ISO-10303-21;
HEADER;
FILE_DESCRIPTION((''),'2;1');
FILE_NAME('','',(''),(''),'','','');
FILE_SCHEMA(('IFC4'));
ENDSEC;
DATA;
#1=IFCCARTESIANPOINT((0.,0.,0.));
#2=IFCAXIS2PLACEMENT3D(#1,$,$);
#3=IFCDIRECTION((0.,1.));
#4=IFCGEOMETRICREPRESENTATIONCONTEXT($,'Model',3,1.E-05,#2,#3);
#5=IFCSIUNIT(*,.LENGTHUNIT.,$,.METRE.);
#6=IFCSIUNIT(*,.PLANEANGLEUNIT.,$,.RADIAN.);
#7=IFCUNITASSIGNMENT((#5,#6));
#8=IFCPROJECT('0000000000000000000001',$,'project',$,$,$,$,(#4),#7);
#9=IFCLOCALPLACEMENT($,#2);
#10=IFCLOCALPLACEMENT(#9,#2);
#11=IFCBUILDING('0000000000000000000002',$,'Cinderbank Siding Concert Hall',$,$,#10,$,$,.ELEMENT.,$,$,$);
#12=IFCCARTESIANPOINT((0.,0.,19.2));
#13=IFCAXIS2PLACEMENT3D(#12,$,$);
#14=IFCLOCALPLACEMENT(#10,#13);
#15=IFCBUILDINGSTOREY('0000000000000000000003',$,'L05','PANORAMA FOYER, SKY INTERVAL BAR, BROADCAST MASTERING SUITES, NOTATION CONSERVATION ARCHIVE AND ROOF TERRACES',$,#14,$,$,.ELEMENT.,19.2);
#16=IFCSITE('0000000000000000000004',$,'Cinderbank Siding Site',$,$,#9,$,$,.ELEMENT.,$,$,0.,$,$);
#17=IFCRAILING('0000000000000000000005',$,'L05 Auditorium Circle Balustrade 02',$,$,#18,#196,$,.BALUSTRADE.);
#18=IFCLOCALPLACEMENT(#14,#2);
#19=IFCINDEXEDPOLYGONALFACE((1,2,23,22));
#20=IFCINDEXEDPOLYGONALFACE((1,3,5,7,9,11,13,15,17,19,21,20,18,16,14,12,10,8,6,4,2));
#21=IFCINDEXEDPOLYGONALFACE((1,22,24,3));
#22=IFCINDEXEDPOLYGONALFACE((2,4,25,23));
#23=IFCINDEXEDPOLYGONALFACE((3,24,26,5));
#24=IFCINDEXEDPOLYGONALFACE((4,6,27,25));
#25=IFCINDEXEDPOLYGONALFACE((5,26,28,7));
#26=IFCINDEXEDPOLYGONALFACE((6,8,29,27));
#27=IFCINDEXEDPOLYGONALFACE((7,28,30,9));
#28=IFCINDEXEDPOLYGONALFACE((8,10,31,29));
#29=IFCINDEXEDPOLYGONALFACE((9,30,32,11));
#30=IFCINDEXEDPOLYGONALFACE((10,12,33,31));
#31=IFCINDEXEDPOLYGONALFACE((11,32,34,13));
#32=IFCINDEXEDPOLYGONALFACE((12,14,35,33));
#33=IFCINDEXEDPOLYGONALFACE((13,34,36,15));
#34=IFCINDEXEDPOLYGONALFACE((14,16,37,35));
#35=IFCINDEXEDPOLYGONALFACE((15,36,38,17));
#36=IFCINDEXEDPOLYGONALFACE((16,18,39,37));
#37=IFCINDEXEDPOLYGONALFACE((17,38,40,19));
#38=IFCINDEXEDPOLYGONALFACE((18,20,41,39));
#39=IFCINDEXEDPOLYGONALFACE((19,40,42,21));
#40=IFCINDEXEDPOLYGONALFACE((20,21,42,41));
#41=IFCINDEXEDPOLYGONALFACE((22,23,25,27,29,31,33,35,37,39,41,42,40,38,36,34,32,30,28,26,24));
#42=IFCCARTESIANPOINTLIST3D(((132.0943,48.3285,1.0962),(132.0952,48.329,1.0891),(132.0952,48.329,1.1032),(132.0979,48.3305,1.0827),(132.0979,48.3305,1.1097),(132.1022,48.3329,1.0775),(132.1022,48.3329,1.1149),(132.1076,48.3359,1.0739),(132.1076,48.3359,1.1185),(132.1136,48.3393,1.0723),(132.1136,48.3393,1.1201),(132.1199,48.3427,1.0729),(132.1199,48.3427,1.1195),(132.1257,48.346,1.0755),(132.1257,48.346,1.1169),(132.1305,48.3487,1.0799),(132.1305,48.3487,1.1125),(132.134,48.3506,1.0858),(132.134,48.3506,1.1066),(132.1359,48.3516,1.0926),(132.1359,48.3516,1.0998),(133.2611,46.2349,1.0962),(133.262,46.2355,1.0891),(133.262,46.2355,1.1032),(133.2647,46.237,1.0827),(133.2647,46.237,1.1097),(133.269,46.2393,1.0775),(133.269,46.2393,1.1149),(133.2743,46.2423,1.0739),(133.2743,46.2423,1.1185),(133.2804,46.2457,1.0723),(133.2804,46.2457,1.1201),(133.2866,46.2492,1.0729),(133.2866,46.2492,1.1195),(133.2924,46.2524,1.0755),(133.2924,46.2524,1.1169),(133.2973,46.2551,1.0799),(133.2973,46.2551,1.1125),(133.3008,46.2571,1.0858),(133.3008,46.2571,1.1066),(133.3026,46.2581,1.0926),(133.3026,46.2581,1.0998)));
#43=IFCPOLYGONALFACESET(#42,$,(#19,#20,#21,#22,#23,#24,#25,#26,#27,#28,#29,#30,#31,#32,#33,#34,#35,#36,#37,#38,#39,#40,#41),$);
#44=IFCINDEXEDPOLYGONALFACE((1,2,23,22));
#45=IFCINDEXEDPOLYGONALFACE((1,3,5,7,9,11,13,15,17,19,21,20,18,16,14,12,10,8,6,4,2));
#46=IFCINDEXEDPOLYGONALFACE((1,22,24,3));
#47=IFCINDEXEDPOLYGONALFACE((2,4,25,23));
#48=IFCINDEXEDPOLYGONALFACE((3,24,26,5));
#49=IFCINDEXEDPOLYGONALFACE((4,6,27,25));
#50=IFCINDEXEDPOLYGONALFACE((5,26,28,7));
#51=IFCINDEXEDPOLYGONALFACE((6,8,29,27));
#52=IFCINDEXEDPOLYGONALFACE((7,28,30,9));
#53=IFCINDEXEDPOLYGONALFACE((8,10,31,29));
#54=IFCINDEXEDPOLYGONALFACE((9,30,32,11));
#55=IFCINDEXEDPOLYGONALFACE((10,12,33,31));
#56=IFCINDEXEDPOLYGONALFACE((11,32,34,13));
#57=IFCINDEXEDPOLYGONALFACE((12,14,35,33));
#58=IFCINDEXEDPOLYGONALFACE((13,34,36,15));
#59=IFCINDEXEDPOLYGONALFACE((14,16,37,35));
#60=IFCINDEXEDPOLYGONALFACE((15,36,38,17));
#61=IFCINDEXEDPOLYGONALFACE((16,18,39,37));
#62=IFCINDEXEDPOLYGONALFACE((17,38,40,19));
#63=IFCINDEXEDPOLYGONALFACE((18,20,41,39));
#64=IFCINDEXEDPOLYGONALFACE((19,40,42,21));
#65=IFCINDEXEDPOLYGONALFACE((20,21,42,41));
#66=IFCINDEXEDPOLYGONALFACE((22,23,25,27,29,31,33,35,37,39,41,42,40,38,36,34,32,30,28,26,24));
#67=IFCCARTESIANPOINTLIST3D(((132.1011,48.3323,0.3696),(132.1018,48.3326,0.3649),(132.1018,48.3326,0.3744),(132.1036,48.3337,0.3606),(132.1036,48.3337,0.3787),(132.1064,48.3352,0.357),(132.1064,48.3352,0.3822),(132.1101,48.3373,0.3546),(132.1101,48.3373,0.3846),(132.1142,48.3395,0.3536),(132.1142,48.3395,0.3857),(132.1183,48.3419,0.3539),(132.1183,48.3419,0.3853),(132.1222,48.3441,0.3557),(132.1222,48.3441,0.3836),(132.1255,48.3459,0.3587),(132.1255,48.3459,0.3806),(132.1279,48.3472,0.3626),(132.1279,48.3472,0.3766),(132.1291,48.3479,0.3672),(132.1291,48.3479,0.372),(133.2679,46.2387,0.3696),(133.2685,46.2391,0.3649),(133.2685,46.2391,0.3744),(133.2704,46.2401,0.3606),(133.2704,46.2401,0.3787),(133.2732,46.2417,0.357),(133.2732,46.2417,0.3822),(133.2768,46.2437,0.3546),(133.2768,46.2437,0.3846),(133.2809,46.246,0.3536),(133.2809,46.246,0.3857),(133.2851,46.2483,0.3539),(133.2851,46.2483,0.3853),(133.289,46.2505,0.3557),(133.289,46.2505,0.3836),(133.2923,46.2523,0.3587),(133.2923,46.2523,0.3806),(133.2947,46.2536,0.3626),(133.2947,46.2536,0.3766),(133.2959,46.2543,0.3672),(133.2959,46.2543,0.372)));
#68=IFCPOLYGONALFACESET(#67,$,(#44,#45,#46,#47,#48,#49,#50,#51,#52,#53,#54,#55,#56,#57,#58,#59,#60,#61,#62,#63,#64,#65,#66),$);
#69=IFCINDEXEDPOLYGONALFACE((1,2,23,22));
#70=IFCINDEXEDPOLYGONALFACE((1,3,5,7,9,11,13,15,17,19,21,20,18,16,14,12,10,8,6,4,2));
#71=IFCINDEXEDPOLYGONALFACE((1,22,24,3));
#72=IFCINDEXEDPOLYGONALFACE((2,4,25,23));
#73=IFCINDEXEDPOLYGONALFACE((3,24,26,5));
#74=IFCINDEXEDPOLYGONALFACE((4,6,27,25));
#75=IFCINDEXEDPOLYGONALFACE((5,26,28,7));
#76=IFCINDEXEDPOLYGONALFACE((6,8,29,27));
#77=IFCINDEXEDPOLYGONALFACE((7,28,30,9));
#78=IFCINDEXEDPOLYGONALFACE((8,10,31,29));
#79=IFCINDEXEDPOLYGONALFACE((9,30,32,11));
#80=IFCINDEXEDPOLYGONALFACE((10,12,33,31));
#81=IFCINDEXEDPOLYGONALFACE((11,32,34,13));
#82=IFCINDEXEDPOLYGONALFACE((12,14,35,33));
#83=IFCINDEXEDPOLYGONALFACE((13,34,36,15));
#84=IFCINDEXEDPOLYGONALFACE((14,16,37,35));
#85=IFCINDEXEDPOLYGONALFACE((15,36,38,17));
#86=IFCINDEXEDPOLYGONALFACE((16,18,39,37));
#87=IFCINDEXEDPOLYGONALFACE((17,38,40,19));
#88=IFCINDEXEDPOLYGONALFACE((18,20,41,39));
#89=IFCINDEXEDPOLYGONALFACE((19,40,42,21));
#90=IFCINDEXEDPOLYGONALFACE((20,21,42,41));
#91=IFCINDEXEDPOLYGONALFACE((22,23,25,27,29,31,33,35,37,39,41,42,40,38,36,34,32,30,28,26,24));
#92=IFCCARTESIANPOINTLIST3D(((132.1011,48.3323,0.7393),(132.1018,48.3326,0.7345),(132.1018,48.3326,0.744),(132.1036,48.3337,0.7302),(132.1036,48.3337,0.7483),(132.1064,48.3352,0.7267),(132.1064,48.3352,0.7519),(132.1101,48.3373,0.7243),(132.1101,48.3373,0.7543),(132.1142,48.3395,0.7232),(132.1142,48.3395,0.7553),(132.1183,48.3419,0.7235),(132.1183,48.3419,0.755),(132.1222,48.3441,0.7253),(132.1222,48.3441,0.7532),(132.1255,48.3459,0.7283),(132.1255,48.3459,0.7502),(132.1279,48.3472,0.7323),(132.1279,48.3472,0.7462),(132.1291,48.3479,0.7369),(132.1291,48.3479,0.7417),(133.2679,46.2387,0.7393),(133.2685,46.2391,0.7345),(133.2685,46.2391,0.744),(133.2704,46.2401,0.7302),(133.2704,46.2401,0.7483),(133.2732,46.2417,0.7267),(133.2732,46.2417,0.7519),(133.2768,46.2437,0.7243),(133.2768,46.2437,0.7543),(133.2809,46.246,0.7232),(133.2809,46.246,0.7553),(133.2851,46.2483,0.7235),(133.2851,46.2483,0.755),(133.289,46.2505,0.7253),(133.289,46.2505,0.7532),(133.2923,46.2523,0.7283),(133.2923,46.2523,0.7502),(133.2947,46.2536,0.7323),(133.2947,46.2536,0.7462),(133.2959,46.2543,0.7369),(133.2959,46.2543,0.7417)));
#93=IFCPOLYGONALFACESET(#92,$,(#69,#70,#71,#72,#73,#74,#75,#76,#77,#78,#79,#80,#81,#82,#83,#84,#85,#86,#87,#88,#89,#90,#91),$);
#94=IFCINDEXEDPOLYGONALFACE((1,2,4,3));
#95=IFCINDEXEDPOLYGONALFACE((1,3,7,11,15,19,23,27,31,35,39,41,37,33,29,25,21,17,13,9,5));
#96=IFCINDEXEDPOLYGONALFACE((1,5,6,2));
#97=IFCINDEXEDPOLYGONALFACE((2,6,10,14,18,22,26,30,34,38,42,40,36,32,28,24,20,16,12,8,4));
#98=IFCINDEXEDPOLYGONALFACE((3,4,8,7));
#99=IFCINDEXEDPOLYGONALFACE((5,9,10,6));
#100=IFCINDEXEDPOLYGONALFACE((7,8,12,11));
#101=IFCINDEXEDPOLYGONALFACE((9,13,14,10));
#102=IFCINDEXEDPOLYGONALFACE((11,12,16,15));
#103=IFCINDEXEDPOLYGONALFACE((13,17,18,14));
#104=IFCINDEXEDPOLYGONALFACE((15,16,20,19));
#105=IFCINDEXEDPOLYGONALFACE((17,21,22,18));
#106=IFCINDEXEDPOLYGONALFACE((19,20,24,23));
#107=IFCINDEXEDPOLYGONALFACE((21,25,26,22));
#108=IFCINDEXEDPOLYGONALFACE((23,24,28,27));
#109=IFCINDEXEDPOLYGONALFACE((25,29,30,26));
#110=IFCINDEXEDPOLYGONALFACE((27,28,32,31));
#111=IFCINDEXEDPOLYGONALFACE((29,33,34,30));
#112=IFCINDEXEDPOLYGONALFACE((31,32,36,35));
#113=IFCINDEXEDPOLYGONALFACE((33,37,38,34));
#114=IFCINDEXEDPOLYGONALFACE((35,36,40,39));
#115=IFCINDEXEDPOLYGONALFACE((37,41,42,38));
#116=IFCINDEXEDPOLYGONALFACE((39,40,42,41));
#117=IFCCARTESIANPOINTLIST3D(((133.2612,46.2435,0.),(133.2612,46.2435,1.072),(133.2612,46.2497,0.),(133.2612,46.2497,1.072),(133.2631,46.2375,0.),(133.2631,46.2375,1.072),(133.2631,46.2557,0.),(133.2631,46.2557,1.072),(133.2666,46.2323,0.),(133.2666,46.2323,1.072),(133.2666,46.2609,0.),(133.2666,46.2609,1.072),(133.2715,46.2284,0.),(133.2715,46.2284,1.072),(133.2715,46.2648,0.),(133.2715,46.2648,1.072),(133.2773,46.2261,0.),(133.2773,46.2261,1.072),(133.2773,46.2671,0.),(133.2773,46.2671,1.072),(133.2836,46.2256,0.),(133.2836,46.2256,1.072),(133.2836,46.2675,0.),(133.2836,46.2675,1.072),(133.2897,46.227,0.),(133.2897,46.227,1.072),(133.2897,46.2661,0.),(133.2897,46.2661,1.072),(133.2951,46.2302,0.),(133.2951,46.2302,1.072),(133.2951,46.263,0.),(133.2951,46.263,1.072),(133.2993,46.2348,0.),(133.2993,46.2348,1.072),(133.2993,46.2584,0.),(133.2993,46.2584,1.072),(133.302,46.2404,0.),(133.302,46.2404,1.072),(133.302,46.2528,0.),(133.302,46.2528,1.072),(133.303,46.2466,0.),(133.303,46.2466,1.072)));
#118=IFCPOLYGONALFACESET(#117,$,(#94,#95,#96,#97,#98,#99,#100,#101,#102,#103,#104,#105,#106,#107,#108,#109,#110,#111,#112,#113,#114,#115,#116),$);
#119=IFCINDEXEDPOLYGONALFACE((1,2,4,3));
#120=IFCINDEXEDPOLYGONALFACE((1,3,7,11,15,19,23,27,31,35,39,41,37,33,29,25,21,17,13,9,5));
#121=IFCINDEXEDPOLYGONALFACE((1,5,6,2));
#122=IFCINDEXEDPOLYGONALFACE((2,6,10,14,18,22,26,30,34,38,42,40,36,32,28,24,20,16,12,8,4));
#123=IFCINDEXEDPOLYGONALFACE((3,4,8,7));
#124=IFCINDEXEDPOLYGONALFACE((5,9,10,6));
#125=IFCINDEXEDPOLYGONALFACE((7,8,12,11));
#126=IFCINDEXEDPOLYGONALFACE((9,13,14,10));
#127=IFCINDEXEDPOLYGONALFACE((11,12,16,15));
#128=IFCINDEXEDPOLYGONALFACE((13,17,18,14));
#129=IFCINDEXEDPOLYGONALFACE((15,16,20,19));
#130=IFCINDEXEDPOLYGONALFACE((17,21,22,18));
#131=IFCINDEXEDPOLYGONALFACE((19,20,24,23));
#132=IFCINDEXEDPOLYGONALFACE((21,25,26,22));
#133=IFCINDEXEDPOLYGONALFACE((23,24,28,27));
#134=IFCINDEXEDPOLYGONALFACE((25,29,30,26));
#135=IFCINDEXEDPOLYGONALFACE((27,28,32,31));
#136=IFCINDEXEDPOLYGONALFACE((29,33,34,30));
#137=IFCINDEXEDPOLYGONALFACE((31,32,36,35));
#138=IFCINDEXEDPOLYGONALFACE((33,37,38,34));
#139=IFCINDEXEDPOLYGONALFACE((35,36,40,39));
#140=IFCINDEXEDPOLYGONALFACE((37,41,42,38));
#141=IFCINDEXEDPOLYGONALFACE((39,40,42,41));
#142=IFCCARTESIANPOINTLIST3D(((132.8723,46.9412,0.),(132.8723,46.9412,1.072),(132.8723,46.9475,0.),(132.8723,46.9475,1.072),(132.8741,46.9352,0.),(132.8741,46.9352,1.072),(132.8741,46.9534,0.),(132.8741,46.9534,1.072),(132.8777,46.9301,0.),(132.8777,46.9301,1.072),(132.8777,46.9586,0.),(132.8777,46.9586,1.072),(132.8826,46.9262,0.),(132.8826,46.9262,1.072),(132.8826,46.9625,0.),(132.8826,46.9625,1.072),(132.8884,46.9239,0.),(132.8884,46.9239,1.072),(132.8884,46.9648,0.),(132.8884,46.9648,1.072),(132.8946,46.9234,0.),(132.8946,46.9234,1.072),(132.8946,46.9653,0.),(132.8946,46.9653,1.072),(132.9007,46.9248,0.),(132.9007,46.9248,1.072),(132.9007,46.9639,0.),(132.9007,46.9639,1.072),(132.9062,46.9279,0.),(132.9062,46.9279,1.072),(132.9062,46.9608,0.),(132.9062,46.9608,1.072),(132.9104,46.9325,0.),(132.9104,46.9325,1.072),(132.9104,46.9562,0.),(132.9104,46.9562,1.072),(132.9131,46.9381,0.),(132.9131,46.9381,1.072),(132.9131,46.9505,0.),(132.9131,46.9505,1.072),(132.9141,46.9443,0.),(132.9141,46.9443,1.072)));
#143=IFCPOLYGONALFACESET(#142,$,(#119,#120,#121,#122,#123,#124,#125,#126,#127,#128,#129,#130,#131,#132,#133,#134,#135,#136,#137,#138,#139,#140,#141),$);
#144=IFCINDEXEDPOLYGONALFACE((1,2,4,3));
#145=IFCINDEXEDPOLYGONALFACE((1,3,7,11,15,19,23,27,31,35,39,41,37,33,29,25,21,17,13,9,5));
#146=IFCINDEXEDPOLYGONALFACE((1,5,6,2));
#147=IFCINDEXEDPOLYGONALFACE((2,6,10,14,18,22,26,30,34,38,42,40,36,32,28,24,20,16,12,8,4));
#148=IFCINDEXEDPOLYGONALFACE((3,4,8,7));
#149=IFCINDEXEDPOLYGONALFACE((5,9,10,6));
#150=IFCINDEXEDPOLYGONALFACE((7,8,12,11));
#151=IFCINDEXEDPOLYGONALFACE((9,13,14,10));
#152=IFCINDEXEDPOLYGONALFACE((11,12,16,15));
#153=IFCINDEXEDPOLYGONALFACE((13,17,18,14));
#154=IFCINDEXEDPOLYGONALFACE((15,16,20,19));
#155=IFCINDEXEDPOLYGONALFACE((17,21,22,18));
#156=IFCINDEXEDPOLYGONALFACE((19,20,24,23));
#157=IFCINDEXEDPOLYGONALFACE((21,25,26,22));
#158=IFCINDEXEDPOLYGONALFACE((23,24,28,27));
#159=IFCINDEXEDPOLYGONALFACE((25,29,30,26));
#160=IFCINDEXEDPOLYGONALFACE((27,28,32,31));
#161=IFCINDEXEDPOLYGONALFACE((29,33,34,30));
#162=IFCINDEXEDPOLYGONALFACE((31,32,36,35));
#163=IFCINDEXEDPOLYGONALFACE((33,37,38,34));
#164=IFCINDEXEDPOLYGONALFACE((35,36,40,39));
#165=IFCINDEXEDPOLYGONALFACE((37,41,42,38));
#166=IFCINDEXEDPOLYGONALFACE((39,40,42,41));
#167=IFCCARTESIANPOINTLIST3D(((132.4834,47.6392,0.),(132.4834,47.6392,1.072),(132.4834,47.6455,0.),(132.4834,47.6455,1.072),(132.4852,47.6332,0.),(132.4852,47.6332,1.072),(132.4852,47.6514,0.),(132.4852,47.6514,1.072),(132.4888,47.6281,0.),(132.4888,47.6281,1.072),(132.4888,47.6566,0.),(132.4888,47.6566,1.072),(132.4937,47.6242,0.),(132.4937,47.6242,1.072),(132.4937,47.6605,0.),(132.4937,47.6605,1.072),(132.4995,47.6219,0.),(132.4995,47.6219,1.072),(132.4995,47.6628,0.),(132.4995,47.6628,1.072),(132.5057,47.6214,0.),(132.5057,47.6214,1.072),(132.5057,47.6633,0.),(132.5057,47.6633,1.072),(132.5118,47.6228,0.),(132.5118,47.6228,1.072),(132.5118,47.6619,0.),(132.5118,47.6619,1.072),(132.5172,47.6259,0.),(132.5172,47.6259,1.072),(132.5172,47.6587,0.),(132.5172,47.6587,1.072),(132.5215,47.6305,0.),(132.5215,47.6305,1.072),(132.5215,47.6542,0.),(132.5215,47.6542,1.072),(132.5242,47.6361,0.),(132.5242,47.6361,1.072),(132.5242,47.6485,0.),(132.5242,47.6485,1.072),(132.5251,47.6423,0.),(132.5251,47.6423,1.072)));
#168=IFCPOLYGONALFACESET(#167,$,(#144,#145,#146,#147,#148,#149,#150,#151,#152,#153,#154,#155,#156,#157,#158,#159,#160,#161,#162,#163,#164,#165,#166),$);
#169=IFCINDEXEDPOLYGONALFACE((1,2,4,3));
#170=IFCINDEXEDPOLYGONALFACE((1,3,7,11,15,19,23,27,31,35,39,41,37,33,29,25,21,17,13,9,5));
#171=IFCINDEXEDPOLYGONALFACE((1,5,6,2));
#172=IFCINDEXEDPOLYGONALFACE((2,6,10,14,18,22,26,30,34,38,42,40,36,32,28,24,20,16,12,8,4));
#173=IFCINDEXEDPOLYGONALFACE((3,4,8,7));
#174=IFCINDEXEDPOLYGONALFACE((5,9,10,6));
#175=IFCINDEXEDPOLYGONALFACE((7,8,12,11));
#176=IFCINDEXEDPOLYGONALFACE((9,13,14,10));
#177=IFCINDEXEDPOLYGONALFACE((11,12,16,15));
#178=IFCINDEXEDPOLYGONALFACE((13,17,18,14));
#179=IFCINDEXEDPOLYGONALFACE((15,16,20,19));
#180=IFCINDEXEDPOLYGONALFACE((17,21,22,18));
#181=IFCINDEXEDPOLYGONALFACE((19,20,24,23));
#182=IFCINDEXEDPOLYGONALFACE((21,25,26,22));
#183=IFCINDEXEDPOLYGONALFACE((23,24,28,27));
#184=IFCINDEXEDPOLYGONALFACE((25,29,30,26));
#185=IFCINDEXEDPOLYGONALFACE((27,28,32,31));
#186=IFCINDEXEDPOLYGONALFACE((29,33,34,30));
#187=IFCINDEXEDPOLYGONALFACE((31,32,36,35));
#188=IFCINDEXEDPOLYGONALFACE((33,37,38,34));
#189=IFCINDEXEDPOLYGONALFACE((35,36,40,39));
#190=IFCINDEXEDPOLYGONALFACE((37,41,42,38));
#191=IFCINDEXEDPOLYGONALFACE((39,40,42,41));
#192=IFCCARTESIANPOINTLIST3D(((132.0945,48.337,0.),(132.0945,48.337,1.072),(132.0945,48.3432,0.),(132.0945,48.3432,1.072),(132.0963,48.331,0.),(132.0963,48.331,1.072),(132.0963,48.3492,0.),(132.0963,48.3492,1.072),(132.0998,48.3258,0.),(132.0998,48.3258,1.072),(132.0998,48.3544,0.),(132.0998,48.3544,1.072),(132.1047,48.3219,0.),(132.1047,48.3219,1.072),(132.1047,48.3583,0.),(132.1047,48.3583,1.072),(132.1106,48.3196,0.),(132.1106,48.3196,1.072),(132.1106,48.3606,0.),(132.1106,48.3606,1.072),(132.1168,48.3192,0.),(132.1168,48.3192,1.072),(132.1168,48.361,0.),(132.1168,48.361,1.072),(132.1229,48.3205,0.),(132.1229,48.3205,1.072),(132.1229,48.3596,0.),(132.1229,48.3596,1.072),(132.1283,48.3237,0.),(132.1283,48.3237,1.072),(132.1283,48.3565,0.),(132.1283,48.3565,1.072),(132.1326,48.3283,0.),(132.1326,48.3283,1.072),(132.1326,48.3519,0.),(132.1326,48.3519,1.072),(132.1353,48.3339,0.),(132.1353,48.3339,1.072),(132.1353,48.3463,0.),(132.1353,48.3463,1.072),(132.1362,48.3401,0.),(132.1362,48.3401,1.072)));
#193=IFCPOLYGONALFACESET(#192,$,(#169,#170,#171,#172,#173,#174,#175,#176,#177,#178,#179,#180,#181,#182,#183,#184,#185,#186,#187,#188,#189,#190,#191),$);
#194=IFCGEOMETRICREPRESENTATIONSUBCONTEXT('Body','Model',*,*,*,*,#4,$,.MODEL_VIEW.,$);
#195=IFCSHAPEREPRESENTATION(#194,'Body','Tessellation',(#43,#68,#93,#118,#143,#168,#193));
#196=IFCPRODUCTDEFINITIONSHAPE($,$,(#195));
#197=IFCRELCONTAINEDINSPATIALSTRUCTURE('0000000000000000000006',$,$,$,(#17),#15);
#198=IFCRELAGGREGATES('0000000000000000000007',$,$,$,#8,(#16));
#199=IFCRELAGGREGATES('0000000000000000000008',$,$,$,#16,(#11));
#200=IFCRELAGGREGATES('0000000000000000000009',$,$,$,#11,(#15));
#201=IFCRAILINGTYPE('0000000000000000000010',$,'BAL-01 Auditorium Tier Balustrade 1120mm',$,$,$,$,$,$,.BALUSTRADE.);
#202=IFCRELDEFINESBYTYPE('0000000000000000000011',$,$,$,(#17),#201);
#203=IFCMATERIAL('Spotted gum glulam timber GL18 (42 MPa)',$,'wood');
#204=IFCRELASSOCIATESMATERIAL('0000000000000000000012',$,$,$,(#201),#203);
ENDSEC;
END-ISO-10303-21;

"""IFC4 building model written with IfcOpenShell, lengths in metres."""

from ifc_helpers import new_model, si_unit, direction, frame, origin, origin_2d, place, context, subcontext, project, spatial, circle, extrude, material, type_object, element, save


model = new_model("IFC4")

# Units and contexts
model_context = context("Model", 3, precision=1e-05, world=origin(), true_north=direction((0.0, 1.0)))
body_context = subcontext(model_context, "Body", "Model", "MODEL_VIEW")
ifc_project = project(units=[si_unit("LENGTHUNIT", "METRE"), si_unit("PLANEANGLEUNIT", "RADIAN")], contexts=[model_context])

# Site, building, storey
site_placement = place(None, origin())
site = spatial("IfcSite", under=ifc_project, at=site_placement, Name="Cinderbank Siding Site", CompositionType="ELEMENT", RefElevation=0.0)
building_placement = place(site_placement, origin())
building = spatial("IfcBuilding", under=site, at=building_placement, Name="Cinderbank Siding Concert Hall", CompositionType="ELEMENT")
storey_placement = place(building_placement, frame((0.0, 0.0, 19.2)))
storey = spatial("IfcBuildingStorey", under=building, at=storey_placement, Name="L05", Description="PANORAMA FOYER, SKY INTERVAL BAR, BROADCAST MASTERING SUITES, NOTATION CONSERVATION ARCHIVE AND ROOF TERRACES", CompositionType="ELEMENT", Elevation=19.2)

# Railing
ifc_material_1 = material(Name="Spotted gum glulam timber GL18 (42 MPa)", Category="wood")
railing_type = type_object("IfcRailingType", Name="BAL-01 Auditorium Tier Balustrade 1120mm", PredefinedType="BALUSTRADE", material=ifc_material_1)
railing_1_placement = place(storey_placement, frame((133.282, 46.2466, 0.0)))
element("IfcRailing", 1, at=railing_1_placement, inside=storey, type_object=railing_type, Name="L05 Auditorium Circle Balustrade 02", PredefinedType="BALUSTRADE", context=body_context, shape_type="SweptSolid", body=[
    extrude(circle(Radius=0.0239, at=origin_2d()), frame((0.0, 0.0, 1.0962), z_axis=(-0.486819, 0.873503, 0.0), x_axis=(-0.873503, -0.486819, 0.0)), (0.0, 0.0, 1.0), 2.3967),
    extrude(circle(Radius=0.0161, at=origin_2d()), frame((0.0, 0.0, 0.3696), z_axis=(-0.486819, 0.873503, 0.0), x_axis=(-0.873503, -0.486819, 0.0)), (0.0, 0.0, 1.0), 2.3967),
    extrude(circle(Radius=0.0161, at=origin_2d()), frame((0.0, 0.0, 0.7393), z_axis=(-0.486819, 0.873503, 0.0), x_axis=(-0.873503, -0.486819, 0.0)), (0.0, 0.0, 1.0), 2.3967),
    extrude(circle(Radius=0.021, at=origin_2d()), origin(), (0.0, 0.0, 1.0), 1.072),
    extrude(circle(Radius=0.021, at=origin_2d()), frame((-0.3889, 0.6978, 0.0)), (0.0, 0.0, 1.0), 1.072),
    extrude(circle(Radius=0.021, at=origin_2d()), frame((-0.7778, 1.3958, 0.0)), (0.0, 0.0, 1.0), 1.072),
    extrude(circle(Radius=0.021, at=origin_2d()), frame((-1.1667, 2.0935, 0.0)), (0.0, 0.0, 1.0), 1.072),
])

save(model, "model.ifc")
